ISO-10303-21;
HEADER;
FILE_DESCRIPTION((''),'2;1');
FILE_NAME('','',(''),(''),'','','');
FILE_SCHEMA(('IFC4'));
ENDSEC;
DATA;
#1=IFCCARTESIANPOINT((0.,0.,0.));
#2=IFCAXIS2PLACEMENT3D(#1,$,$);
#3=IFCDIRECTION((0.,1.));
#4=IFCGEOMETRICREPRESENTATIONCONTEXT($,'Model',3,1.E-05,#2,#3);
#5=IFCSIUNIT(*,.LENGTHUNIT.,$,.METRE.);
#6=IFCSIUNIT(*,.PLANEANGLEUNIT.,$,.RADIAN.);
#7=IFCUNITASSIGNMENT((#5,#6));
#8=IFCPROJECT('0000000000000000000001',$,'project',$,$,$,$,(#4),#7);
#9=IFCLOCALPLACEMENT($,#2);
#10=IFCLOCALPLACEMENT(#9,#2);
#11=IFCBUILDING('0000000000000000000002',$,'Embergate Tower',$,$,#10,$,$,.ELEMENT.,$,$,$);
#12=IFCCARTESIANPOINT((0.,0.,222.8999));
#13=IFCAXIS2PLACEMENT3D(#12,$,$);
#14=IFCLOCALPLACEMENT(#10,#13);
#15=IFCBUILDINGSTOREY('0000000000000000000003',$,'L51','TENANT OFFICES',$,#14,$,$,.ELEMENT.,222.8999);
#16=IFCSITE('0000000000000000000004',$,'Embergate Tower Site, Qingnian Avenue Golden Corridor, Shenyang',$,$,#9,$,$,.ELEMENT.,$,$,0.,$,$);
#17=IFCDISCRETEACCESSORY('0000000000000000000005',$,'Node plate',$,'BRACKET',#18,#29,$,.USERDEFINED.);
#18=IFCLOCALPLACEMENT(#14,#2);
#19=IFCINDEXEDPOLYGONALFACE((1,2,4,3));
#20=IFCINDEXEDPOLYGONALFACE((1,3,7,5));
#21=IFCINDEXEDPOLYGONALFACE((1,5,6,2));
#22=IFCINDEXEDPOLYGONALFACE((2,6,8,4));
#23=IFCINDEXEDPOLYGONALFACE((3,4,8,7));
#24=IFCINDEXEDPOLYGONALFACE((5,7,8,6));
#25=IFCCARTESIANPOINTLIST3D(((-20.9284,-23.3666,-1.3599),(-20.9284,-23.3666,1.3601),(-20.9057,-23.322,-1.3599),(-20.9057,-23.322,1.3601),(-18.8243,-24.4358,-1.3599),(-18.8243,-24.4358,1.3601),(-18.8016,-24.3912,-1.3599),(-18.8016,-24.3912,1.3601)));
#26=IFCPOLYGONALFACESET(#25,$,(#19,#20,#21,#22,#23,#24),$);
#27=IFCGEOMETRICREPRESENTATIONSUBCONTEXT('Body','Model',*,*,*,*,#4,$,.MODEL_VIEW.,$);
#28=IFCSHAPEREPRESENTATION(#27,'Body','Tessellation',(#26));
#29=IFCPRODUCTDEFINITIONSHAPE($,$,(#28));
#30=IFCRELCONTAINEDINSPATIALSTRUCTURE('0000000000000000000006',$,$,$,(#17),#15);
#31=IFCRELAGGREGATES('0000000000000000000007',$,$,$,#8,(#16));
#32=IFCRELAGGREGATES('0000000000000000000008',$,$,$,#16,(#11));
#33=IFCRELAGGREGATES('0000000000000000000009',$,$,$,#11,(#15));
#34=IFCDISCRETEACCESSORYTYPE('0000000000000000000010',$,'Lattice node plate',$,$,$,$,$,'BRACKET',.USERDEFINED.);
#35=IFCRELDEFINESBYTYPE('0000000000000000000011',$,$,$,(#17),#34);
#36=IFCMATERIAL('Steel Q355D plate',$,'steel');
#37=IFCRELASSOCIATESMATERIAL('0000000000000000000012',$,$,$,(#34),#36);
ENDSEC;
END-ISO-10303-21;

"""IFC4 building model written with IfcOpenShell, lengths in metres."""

from ifc_helpers import new_model, si_unit, direction, frame, origin, origin_2d, place, context, subcontext, project, spatial, rectangle, extrude, source, transform, mapped, material, type_object, element, save


model = new_model("IFC4")

# Units and contexts
model_context = context("Model", 3, precision=1e-05, world=origin(), true_north=direction((0.0, 1.0)))
body_context = subcontext(model_context, "Body", "Model", "MODEL_VIEW")
ifc_project = project(units=[si_unit("LENGTHUNIT", "METRE"), si_unit("PLANEANGLEUNIT", "RADIAN")], contexts=[model_context])

# Site, building, storey
site_placement = place(None, origin())
site = spatial("IfcSite", under=ifc_project, at=site_placement, Name="Embergate Tower Site, Qingnian Avenue Golden Corridor, Shenyang", CompositionType="ELEMENT", RefElevation=0.0)
building_placement = place(site_placement, origin())
building = spatial("IfcBuilding", under=site, at=building_placement, Name="Embergate Tower", CompositionType="ELEMENT")
storey_placement = place(building_placement, frame((0.0, 0.0, 222.8999)))
storey = spatial("IfcBuildingStorey", under=building, at=storey_placement, Name="L51", Description="TENANT OFFICES", CompositionType="ELEMENT", Elevation=222.8999)

# Discrete accessory
ifc_material_1 = material(Name="Steel Q355D plate", Category="steel")
discrete_accessory_type = type_object("IfcDiscreteAccessoryType", Name="Lattice node plate", ElementType="BRACKET", PredefinedType="USERDEFINED", material=ifc_material_1)
shared_shape_1 = source(origin(), body_context, "Body", "SweptSolid", [
    extrude(rectangle(XDim=2.3601, YDim=0.05, at=origin_2d()), origin(), (0.0, 0.0, 1.0), 2.72),
])
discrete_accessory_placement = place(storey_placement, frame((-19.865, -23.8789, -1.3599), z_axis=(0.0, 0.0, 1.0), x_axis=(0.891505, -0.453011, 0.0)))
element("IfcDiscreteAccessory", 1, at=discrete_accessory_placement, inside=storey, type_object=discrete_accessory_type, Name="Node plate", ObjectType="BRACKET", PredefinedType="USERDEFINED", context=body_context, shape_type="MappedRepresentation", body=[
    mapped(shared_shape_1, transform((0.0, 0.0, 0.0))),
])

save(model, "model.ifc")
